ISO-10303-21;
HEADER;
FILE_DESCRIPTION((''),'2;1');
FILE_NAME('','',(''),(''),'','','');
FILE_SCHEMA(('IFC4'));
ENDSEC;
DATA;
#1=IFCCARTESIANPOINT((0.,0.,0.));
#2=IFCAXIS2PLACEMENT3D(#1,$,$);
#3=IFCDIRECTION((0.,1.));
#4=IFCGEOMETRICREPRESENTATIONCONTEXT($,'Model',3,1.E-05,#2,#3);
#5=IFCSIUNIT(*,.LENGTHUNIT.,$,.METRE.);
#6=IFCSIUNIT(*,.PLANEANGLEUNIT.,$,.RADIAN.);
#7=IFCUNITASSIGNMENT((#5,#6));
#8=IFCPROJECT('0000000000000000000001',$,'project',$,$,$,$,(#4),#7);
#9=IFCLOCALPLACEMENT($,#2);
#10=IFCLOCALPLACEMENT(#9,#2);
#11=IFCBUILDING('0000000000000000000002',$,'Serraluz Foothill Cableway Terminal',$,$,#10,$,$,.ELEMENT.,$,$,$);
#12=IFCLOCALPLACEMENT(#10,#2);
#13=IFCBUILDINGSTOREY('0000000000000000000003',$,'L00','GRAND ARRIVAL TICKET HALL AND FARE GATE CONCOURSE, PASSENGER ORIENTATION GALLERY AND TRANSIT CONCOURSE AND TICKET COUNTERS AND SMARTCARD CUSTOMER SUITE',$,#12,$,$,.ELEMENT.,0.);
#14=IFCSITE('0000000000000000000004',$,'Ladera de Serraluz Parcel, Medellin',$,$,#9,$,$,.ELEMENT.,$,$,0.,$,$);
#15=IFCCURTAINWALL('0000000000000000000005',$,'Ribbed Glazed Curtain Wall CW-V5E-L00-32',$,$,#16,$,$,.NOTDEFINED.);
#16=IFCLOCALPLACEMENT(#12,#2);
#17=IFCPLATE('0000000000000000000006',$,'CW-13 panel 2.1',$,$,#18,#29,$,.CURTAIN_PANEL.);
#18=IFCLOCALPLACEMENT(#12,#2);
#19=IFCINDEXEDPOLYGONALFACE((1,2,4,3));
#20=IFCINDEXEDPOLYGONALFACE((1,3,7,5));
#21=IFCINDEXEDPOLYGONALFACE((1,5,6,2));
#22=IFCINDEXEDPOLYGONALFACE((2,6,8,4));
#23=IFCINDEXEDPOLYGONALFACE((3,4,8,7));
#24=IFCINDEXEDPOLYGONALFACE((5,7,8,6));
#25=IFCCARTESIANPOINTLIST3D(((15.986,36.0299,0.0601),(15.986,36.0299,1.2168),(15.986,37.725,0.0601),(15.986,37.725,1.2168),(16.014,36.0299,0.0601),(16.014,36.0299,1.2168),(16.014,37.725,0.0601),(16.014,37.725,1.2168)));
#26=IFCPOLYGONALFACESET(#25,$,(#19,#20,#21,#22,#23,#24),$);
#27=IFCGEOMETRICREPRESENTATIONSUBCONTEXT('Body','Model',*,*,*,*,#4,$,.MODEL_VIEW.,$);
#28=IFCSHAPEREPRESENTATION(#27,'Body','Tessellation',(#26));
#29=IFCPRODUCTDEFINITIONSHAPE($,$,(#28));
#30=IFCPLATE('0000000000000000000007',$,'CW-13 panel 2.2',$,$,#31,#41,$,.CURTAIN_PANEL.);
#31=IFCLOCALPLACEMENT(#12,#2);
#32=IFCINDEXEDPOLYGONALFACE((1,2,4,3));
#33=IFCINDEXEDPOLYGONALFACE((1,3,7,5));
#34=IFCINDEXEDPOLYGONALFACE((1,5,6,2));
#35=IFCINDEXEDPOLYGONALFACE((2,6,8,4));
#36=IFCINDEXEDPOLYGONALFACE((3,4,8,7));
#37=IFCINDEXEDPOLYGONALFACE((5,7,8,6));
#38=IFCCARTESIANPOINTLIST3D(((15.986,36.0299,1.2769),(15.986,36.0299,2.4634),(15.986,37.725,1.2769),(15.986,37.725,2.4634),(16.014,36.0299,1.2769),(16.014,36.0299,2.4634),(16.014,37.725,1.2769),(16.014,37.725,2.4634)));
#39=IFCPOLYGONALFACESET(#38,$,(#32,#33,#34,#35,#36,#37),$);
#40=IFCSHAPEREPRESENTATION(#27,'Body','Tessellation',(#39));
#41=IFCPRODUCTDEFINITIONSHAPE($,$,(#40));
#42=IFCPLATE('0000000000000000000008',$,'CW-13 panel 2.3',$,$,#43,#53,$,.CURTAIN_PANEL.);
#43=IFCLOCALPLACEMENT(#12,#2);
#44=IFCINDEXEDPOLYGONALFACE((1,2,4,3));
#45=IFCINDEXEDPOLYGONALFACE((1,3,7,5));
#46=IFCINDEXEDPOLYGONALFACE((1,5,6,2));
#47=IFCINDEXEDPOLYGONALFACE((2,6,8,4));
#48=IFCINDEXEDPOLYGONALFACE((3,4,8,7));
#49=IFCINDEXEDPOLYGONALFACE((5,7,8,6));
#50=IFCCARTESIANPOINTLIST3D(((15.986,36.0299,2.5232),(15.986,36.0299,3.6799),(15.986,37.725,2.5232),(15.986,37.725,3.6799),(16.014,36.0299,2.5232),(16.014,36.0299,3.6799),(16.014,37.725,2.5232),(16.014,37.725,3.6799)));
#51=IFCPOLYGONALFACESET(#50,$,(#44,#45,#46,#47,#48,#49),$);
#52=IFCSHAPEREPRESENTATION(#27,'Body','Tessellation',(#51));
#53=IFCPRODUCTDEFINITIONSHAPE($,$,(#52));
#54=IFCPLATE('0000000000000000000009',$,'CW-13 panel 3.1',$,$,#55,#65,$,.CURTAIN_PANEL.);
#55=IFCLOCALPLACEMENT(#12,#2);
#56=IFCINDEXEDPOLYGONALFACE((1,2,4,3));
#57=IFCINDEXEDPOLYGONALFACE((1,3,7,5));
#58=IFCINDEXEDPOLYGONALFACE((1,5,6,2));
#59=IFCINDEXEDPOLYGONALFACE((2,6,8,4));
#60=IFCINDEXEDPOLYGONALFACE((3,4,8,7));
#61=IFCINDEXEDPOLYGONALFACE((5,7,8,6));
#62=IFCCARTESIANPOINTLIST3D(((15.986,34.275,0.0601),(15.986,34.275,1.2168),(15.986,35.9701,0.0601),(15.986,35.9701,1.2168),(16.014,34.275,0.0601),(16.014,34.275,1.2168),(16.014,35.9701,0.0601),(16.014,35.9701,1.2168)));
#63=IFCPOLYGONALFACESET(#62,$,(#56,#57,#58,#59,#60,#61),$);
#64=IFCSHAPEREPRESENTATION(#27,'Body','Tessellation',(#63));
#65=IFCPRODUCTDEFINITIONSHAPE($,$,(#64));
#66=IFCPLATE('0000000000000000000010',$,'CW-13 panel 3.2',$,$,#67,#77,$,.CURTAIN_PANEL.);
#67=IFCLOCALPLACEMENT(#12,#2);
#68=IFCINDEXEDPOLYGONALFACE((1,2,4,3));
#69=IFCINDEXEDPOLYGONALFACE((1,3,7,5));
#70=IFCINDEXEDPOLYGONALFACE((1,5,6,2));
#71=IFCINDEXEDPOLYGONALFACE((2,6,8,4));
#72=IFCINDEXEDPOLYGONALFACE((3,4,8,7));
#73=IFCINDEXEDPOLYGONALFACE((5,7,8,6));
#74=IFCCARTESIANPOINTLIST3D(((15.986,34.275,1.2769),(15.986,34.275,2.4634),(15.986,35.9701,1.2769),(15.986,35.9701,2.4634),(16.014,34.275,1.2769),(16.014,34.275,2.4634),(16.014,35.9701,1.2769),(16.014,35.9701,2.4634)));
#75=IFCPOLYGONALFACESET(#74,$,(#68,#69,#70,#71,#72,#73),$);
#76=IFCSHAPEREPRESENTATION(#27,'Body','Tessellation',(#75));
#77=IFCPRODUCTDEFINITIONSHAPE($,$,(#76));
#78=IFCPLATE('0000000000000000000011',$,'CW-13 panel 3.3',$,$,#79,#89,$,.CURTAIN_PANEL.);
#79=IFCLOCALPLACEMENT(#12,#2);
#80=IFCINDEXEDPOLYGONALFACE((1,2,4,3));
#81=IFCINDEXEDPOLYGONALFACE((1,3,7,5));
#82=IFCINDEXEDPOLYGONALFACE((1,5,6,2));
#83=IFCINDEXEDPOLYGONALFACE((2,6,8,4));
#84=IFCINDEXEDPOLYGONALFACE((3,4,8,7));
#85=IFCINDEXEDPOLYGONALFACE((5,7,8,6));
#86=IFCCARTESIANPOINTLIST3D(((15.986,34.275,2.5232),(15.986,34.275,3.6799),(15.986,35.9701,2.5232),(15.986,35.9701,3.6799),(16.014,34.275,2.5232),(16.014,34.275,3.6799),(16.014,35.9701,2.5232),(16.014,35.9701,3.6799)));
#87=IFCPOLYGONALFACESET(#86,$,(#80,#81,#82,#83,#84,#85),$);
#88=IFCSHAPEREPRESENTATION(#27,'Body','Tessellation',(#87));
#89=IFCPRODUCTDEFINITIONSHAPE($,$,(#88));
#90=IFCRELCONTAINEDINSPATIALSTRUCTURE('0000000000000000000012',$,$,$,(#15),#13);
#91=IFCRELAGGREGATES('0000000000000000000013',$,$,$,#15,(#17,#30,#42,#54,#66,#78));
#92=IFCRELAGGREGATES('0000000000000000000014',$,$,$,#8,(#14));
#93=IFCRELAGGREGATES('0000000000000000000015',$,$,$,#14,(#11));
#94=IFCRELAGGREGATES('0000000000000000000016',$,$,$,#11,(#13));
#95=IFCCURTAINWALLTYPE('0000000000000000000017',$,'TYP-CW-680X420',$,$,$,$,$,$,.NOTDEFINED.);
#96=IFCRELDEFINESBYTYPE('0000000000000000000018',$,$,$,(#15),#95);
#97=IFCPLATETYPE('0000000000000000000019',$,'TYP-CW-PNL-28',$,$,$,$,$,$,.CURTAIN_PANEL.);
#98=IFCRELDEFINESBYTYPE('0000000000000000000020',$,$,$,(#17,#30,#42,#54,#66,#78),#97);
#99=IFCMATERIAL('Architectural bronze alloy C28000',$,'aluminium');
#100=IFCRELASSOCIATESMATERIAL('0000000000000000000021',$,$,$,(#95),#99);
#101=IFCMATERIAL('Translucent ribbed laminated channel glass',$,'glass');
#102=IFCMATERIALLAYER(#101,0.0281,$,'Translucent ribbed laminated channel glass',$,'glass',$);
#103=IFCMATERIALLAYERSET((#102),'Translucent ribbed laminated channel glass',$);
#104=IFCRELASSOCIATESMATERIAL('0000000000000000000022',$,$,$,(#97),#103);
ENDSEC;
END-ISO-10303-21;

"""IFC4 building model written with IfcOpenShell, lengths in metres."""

from ifc_helpers import new_model, si_unit, direction, frame, origin, origin_2d, place, context, subcontext, project, spatial, rectangle, extrude, material, layer, layer_set, type_object, element, aggregate, save


model = new_model("IFC4")

# Units and contexts
model_context = context("Model", 3, precision=1e-05, world=origin(), true_north=direction((0.0, 1.0)))
body_context = subcontext(model_context, "Body", "Model", "MODEL_VIEW")
ifc_project = project(units=[si_unit("LENGTHUNIT", "METRE"), si_unit("PLANEANGLEUNIT", "RADIAN")], contexts=[model_context])

# Site, building, storey
site_placement = place(None, origin())
site = spatial("IfcSite", under=ifc_project, at=site_placement, Name="Ladera de Serraluz Parcel, Medellin", CompositionType="ELEMENT", RefElevation=0.0)
building_placement = place(site_placement, origin())
building = spatial("IfcBuilding", under=site, at=building_placement, Name="Serraluz Foothill Cableway Terminal", CompositionType="ELEMENT")
storey_placement = place(building_placement, origin())
storey = spatial("IfcBuildingStorey", under=building, at=storey_placement, Name="L00", Description="GRAND ARRIVAL TICKET HALL AND FARE GATE CONCOURSE, PASSENGER ORIENTATION GALLERY AND TRANSIT CONCOURSE AND TICKET COUNTERS AND SMARTCARD CUSTOMER SUITE", CompositionType="ELEMENT", Elevation=0.0)

# Curtain wall, plates
ifc_material_1 = material(Name="Architectural bronze alloy C28000", Category="aluminium")
curtain_wall_type = type_object("IfcCurtainWallType", Name="TYP-CW-680X420", PredefinedType="NOTDEFINED", material=ifc_material_1)
curtain_wall_placement = place(storey_placement, origin())
curtain_wall = element("IfcCurtainWall", 1, at=curtain_wall_placement, inside=storey, type_object=curtain_wall_type, Name="Ribbed Glazed Curtain Wall CW-V5E-L00-32", PredefinedType="NOTDEFINED")
ifc_material_2 = material(Name="Translucent ribbed laminated channel glass", Category="glass")
ifc_layer = layer(ifc_material_2, 0.0281, Name="Translucent ribbed laminated channel glass", Category="glass")
ifc_layer_set = layer_set([ifc_layer], Name="Translucent ribbed laminated channel glass")
plate_type = type_object("IfcPlateType", Name="TYP-CW-PNL-28", PredefinedType="CURTAIN_PANEL", material=ifc_layer_set)
plate_1_placement = place(storey_placement, frame((16.0, 36.8774, 0.0601), z_axis=(0.0, 0.0, 1.0), x_axis=(0.0, -1.0, 0.0)))
plate_1 = element("IfcPlate", 2, at=plate_1_placement, type_object=plate_type, Name="CW-13 panel 2.1", PredefinedType="CURTAIN_PANEL", context=body_context, shape_type="SweptSolid", body=[
    extrude(rectangle(XDim=1.6951, YDim=0.0281, at=origin_2d()), origin(), (0.0, 0.0, 1.0), 1.1567),
])
plate_2_placement = place(storey_placement, frame((16.0, 36.8774, 1.2769), z_axis=(0.0, 0.0, 1.0), x_axis=(0.0, -1.0, 0.0)))
plate_2 = element("IfcPlate", 3, at=plate_2_placement, type_object=plate_type, Name="CW-13 panel 2.2", PredefinedType="CURTAIN_PANEL", context=body_context, shape_type="SweptSolid", body=[
    extrude(rectangle(XDim=1.6951, YDim=0.0281, at=origin_2d()), origin(), (0.0, 0.0, 1.0), 1.1865),
])
plate_3_placement = place(storey_placement, frame((16.0, 36.8774, 2.5232), z_axis=(0.0, 0.0, 1.0), x_axis=(0.0, -1.0, 0.0)))
plate_3 = element("IfcPlate", 4, at=plate_3_placement, type_object=plate_type, Name="CW-13 panel 2.3", PredefinedType="CURTAIN_PANEL", context=body_context, shape_type="SweptSolid", body=[
    extrude(rectangle(XDim=1.6951, YDim=0.0281, at=origin_2d()), origin(), (0.0, 0.0, 1.0), 1.1567),
])
plate_4_placement = place(storey_placement, frame((16.0, 35.1226, 0.0601), z_axis=(0.0, 0.0, 1.0), x_axis=(0.0, -1.0, 0.0)))
plate_4 = element("IfcPlate", 5, at=plate_4_placement, type_object=plate_type, Name="CW-13 panel 3.1", PredefinedType="CURTAIN_PANEL", context=body_context, shape_type="SweptSolid", body=[
    extrude(rectangle(XDim=1.6951, YDim=0.0281, at=origin_2d()), origin(), (0.0, 0.0, 1.0), 1.1567),
])
plate_5_placement = place(storey_placement, frame((16.0, 35.1226, 1.2769), z_axis=(0.0, 0.0, 1.0), x_axis=(0.0, -1.0, 0.0)))
plate_5 = element("IfcPlate", 6, at=plate_5_placement, type_object=plate_type, Name="CW-13 panel 3.2", PredefinedType="CURTAIN_PANEL", context=body_context, shape_type="SweptSolid", body=[
    extrude(rectangle(XDim=1.6951, YDim=0.0281, at=origin_2d()), origin(), (0.0, 0.0, 1.0), 1.1865),
])
plate_6_placement = place(storey_placement, frame((16.0, 35.1226, 2.5232), z_axis=(0.0, 0.0, 1.0), x_axis=(0.0, -1.0, 0.0)))
plate_6 = element("IfcPlate", 7, at=plate_6_placement, type_object=plate_type, Name="CW-13 panel 3.3", PredefinedType="CURTAIN_PANEL", context=body_context, shape_type="SweptSolid", body=[
    extrude(rectangle(XDim=1.6951, YDim=0.0281, at=origin_2d()), origin(), (0.0, 0.0, 1.0), 1.1567),
])
aggregate(curtain_wall, [plate_1, plate_2, plate_3, plate_4, plate_5, plate_6])

save(model, "model.ifc")
